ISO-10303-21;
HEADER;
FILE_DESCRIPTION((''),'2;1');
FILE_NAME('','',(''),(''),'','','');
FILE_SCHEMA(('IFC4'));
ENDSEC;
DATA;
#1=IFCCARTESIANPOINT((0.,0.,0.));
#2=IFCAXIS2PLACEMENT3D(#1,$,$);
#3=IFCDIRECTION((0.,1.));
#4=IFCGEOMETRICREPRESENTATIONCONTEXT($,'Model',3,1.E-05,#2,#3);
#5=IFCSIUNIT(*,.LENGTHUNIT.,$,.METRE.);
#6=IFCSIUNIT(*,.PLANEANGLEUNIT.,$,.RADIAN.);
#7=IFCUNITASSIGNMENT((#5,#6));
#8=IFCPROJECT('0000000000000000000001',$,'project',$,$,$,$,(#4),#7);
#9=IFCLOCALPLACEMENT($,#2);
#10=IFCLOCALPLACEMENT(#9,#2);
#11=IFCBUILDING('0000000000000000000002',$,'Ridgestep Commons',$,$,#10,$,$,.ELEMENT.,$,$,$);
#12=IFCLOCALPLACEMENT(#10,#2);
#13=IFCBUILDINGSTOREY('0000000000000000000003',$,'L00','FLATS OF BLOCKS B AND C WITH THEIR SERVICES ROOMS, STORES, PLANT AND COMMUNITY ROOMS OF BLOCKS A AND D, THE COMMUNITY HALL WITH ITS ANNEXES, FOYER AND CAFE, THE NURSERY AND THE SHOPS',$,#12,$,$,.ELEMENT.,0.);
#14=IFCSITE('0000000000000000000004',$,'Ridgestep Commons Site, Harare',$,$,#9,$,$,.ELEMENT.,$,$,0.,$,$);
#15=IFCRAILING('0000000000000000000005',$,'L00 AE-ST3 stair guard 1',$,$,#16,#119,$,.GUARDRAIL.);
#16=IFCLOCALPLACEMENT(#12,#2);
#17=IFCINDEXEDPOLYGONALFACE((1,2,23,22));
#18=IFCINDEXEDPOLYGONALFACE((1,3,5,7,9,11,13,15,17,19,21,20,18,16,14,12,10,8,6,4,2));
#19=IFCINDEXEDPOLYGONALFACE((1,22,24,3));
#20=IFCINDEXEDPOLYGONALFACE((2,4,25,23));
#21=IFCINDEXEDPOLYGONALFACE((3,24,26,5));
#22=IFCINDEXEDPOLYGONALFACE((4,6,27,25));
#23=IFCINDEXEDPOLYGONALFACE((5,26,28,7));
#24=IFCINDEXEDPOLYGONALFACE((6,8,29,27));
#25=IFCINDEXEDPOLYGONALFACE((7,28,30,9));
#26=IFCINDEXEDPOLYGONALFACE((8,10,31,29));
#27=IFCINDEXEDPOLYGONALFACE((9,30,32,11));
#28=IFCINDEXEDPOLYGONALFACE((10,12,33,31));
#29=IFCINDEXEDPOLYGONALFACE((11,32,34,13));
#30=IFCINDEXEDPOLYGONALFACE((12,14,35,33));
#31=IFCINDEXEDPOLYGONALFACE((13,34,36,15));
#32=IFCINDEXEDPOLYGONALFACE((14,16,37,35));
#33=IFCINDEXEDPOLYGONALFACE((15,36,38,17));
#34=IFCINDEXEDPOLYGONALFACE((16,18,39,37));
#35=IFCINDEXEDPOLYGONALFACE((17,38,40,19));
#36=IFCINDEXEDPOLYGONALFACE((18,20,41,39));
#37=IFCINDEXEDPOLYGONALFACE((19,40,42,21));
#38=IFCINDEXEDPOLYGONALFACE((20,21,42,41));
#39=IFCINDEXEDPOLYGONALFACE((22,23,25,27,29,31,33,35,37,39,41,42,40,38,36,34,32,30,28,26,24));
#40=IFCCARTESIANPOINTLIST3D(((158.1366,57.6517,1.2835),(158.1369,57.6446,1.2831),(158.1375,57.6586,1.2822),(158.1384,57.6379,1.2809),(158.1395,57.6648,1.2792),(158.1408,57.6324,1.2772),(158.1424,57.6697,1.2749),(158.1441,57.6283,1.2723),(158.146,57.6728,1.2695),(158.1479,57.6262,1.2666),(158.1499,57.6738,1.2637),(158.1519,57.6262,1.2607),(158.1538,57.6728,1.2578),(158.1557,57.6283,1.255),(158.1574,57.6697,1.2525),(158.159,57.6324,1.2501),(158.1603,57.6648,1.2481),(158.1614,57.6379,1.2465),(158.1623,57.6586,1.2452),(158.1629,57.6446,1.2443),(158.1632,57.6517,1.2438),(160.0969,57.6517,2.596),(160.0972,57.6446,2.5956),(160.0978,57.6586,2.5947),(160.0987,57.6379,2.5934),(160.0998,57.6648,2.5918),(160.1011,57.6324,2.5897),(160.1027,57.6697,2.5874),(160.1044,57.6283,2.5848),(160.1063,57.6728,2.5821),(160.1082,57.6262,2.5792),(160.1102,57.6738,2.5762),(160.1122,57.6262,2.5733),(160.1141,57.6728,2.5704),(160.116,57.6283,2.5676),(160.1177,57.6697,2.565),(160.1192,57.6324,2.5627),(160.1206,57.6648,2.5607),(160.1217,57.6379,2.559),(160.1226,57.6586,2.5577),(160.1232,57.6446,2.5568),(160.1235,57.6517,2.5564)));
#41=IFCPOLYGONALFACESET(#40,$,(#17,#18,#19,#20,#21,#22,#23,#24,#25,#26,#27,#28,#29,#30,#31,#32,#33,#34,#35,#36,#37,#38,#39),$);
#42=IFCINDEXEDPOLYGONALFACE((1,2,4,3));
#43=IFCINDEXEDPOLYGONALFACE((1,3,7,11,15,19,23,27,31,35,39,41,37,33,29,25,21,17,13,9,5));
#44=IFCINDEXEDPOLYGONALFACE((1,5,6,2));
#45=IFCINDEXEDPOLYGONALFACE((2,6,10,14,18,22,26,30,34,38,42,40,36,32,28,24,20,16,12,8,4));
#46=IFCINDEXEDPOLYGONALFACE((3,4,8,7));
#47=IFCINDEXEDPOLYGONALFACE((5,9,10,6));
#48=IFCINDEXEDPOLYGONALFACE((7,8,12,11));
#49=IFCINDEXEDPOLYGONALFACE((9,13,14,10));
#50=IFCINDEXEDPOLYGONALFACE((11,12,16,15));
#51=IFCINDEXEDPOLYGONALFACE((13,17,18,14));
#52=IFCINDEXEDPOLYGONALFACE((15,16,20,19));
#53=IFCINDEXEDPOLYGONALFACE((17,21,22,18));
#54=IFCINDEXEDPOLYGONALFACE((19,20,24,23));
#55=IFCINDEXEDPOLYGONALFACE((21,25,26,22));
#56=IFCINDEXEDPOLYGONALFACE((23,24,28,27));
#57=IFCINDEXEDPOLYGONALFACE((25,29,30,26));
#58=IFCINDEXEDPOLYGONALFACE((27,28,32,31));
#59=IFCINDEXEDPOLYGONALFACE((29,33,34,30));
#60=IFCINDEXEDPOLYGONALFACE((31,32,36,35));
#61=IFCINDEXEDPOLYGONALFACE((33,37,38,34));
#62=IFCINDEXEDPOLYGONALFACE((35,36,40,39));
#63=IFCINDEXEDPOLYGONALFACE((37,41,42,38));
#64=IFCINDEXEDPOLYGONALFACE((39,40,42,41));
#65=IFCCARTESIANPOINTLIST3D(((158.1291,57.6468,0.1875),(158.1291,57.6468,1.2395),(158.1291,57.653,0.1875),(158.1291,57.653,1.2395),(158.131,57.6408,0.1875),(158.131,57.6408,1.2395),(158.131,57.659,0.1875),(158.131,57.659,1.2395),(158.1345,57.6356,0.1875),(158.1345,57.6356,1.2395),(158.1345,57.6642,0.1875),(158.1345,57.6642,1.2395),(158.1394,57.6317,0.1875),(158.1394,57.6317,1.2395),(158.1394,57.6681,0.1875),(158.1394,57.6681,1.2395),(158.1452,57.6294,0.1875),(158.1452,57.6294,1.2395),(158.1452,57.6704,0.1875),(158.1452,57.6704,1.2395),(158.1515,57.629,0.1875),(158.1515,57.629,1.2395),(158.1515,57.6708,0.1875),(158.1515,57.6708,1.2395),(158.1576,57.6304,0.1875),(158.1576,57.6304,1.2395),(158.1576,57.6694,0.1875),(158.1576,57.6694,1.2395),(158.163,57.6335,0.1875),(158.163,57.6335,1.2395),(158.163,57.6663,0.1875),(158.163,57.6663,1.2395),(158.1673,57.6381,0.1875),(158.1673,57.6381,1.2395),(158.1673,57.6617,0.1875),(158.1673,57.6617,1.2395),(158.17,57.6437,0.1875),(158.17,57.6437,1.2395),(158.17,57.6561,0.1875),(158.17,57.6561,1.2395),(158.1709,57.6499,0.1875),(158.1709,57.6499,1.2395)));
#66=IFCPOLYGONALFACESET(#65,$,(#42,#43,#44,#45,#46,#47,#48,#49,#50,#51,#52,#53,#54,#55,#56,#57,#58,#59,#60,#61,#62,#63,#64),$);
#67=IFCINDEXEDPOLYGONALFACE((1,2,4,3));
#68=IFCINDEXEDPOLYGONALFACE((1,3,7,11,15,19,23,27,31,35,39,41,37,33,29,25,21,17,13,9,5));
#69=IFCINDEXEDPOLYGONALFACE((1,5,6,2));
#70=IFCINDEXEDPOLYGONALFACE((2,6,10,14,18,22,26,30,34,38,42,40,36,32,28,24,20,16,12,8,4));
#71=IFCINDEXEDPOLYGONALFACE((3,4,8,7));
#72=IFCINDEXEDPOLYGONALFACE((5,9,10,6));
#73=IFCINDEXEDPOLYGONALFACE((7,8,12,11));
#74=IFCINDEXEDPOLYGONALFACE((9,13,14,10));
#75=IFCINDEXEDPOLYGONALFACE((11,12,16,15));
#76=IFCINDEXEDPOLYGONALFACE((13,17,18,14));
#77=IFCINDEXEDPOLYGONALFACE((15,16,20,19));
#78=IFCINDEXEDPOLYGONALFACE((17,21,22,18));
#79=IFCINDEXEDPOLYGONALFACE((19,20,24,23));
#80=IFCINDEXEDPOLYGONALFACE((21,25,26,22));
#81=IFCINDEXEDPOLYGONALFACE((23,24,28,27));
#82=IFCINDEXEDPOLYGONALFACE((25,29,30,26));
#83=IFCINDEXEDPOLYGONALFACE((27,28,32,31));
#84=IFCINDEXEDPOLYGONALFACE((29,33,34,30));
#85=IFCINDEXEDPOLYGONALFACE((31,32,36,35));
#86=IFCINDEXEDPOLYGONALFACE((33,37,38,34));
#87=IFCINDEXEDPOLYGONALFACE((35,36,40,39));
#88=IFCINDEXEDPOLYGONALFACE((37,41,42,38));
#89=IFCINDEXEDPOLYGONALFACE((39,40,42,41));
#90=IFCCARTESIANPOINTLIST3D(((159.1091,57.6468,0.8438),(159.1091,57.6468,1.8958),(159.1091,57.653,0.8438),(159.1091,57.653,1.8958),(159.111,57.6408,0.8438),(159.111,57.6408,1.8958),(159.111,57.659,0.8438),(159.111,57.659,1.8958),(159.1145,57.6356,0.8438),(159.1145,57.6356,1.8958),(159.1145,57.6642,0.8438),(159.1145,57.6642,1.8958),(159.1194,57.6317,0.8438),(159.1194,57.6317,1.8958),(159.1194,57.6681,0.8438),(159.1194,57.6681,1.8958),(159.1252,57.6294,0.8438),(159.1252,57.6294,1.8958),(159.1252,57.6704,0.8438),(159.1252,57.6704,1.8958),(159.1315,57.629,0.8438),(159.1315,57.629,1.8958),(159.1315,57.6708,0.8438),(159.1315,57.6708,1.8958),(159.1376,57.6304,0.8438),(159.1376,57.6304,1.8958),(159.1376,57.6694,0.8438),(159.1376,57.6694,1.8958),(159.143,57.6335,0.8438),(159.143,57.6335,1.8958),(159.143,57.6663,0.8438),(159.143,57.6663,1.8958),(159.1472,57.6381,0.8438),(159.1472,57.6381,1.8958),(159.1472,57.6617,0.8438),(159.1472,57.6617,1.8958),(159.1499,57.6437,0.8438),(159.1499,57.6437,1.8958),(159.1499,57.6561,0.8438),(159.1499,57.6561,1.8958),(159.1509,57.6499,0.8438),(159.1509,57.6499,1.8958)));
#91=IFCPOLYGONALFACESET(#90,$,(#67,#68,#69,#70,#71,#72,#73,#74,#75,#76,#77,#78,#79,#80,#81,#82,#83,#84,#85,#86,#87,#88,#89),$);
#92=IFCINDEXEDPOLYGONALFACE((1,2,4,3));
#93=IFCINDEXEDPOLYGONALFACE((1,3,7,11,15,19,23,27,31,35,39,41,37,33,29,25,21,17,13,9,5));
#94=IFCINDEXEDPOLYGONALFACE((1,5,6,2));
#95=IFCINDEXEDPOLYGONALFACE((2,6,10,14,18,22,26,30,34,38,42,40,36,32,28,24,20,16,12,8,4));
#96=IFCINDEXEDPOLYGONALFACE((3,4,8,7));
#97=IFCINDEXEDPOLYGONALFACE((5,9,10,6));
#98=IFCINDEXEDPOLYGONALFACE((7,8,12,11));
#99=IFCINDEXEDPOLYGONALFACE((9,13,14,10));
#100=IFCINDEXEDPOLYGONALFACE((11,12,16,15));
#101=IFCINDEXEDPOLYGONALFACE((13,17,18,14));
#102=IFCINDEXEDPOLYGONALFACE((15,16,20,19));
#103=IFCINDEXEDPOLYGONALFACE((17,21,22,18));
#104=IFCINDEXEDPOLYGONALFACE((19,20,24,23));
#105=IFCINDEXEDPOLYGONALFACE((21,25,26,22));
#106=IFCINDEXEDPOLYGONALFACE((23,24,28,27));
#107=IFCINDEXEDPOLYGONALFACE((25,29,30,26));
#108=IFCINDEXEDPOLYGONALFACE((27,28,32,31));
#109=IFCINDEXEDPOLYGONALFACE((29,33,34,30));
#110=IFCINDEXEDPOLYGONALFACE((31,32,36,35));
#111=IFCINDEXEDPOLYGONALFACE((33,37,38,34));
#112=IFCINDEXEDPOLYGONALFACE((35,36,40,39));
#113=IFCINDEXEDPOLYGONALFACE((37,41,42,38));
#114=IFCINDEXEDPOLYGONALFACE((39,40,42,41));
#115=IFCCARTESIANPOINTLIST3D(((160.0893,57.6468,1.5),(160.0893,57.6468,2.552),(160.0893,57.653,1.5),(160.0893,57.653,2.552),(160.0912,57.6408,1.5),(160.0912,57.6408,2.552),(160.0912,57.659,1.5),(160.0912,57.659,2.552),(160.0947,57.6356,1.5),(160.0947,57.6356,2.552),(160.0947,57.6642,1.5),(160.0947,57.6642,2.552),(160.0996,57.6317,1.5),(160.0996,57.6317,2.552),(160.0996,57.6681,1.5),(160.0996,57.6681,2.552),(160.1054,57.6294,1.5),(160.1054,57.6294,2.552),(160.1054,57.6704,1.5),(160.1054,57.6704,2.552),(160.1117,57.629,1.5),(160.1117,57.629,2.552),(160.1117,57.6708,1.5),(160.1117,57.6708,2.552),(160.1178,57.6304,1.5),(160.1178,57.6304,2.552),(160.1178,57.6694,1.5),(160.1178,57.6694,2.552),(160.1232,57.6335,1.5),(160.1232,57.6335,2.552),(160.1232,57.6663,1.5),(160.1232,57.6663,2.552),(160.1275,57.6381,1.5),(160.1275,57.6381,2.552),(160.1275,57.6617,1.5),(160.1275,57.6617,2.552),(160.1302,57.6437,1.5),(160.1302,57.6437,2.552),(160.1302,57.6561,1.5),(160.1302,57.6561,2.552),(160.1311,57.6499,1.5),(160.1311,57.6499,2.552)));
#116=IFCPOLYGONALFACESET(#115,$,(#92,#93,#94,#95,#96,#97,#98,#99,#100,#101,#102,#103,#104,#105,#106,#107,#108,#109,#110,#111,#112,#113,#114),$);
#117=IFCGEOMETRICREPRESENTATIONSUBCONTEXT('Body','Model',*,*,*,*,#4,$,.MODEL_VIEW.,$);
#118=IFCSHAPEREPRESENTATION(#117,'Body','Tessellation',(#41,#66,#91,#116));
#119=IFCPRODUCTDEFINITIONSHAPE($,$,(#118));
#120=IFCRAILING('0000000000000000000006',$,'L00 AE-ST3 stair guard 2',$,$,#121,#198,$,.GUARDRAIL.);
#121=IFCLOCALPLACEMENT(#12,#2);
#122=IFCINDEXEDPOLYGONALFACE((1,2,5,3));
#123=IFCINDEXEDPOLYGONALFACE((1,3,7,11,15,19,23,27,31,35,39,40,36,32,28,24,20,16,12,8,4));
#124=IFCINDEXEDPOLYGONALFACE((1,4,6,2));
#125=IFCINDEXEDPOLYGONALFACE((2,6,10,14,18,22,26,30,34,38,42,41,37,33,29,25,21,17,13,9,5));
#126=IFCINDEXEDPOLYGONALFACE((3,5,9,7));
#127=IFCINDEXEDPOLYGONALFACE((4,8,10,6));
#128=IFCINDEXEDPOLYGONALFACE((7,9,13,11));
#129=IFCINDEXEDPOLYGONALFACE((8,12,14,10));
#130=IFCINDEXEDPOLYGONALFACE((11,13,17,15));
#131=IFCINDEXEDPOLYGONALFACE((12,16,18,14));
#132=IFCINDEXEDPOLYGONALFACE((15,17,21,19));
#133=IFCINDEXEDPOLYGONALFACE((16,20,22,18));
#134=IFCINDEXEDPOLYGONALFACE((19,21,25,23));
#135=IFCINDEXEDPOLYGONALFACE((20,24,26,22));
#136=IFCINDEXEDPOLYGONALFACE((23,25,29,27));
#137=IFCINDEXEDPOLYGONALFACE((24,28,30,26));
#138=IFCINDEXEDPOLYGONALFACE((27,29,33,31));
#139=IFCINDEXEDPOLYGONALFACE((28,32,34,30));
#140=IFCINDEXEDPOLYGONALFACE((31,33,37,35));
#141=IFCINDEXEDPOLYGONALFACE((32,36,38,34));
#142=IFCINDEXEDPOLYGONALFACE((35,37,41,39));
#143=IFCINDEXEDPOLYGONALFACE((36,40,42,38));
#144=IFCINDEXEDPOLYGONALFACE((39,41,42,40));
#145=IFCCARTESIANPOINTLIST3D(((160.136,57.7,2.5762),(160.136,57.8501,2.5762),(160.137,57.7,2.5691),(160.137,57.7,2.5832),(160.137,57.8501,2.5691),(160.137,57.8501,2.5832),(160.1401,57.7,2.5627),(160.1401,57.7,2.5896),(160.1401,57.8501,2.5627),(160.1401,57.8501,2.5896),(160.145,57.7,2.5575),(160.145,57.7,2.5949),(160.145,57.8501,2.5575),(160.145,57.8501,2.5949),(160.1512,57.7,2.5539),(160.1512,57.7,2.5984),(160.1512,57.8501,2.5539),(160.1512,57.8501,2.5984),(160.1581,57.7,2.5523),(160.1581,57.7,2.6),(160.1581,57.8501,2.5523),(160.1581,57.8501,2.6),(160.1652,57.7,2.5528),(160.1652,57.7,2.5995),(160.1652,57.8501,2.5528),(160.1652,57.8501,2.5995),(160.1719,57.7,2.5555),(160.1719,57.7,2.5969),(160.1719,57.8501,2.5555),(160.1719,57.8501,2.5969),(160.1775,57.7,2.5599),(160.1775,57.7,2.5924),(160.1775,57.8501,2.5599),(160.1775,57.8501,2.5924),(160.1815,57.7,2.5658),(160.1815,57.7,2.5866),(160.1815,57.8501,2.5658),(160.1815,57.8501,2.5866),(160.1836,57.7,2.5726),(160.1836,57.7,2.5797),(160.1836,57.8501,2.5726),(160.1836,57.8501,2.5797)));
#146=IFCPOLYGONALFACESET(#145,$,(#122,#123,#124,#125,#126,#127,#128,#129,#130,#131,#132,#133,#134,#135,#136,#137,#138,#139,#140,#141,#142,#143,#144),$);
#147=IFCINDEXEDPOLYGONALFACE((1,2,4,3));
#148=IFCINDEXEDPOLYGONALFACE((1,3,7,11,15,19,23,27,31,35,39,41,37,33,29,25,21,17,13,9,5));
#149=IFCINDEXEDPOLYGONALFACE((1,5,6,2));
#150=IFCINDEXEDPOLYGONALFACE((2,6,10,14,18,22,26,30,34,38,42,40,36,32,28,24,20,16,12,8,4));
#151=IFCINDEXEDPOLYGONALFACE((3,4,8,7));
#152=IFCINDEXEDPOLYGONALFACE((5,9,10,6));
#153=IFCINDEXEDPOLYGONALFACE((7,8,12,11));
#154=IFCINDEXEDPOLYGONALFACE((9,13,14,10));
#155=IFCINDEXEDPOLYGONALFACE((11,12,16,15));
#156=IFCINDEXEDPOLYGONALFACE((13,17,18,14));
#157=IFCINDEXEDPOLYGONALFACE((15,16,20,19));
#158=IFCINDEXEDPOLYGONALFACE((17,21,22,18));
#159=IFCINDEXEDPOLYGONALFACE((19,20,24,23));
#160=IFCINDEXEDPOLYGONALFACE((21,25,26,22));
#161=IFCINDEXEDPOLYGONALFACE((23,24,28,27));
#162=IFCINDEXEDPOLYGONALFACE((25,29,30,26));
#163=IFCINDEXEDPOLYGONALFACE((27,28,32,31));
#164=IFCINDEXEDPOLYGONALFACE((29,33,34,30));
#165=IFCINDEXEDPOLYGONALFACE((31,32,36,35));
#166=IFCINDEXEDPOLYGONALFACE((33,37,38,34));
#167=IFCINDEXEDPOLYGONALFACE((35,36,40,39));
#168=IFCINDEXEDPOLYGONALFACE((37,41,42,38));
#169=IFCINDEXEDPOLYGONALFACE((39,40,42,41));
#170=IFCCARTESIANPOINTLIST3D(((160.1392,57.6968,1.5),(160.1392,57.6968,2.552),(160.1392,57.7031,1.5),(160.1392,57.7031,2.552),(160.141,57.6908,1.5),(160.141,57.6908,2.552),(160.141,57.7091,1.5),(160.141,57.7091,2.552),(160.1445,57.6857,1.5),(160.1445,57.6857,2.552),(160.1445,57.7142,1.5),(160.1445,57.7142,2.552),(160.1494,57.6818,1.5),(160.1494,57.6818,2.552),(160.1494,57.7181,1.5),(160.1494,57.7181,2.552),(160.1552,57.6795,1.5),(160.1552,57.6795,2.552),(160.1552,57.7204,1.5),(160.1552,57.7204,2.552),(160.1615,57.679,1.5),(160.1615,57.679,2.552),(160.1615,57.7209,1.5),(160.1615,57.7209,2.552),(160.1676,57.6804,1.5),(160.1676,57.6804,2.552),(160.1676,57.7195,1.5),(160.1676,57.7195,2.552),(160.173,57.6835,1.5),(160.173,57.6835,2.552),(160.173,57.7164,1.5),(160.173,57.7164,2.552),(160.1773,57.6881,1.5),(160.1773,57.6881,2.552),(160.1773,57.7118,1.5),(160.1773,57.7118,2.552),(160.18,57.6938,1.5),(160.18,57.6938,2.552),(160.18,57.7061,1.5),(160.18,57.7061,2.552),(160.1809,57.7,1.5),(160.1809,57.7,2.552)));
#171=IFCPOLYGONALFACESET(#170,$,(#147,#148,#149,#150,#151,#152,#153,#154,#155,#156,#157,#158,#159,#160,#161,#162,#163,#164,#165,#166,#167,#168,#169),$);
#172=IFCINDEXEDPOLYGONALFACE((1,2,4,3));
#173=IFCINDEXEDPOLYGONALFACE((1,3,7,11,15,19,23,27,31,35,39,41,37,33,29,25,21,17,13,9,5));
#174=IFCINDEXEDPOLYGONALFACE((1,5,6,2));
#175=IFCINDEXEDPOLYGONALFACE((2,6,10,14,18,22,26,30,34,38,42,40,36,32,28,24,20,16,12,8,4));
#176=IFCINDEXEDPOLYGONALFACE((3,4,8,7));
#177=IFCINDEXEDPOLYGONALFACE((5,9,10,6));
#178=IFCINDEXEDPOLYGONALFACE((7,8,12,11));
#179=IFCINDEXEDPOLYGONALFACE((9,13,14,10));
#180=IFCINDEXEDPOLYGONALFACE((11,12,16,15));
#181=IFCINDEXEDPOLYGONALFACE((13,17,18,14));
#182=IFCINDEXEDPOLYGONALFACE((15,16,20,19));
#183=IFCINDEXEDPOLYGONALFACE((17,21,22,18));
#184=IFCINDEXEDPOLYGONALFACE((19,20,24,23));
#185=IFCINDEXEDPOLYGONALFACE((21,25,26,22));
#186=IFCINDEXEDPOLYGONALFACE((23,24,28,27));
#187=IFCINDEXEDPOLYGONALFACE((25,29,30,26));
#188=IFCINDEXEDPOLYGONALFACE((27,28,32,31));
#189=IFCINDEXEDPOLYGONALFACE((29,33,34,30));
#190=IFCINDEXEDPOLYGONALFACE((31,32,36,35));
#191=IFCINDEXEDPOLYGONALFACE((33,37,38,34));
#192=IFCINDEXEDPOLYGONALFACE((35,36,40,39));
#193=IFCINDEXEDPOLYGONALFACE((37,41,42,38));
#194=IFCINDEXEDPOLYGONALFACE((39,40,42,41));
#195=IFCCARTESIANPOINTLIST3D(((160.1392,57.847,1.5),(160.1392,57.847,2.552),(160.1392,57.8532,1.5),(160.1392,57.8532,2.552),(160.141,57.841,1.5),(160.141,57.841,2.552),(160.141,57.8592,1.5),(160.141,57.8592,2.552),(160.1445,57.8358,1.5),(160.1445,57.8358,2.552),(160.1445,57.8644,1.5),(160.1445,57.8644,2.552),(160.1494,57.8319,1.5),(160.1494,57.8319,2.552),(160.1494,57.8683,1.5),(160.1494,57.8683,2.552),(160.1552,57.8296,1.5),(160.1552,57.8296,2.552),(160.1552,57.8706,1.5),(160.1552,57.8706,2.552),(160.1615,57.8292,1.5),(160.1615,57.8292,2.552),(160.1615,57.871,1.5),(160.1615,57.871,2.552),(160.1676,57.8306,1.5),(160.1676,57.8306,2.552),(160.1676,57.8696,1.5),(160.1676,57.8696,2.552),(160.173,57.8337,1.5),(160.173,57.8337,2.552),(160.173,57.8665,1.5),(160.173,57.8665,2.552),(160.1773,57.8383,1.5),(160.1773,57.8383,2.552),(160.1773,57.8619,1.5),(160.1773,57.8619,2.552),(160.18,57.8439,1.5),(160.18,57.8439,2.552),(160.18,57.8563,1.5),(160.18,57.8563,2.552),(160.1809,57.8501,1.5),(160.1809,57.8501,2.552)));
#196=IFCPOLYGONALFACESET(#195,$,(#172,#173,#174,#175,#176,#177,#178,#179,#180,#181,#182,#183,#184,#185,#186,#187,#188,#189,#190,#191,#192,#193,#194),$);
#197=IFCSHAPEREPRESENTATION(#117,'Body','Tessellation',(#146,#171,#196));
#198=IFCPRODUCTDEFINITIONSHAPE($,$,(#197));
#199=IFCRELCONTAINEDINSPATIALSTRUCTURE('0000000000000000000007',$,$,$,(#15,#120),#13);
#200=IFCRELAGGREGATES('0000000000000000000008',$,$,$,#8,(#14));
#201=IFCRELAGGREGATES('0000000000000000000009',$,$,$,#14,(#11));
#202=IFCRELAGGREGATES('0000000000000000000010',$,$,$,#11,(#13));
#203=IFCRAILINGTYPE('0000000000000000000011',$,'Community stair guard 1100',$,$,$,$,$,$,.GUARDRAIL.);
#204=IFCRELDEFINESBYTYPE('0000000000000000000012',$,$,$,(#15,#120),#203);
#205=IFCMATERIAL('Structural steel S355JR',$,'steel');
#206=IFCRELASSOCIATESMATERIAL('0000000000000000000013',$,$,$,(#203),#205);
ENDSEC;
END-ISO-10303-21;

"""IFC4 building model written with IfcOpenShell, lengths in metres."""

from ifc_helpers import new_model, si_unit, direction, frame, origin, origin_2d, place, context, subcontext, project, spatial, circle, extrude, material, type_object, element, save


model = new_model("IFC4")

# Units and contexts
model_context = context("Model", 3, precision=1e-05, world=origin(), true_north=direction((0.0, 1.0)))
body_context = subcontext(model_context, "Body", "Model", "MODEL_VIEW")
ifc_project = project(units=[si_unit("LENGTHUNIT", "METRE"), si_unit("PLANEANGLEUNIT", "RADIAN")], contexts=[model_context])

# Site, building, storey
site_placement = place(None, origin())
site = spatial("IfcSite", under=ifc_project, at=site_placement, Name="Ridgestep Commons Site, Harare", CompositionType="ELEMENT", RefElevation=0.0)
building_placement = place(site_placement, origin())
building = spatial("IfcBuilding", under=site, at=building_placement, Name="Ridgestep Commons", CompositionType="ELEMENT")
storey_placement = place(building_placement, origin())
storey = spatial("IfcBuildingStorey", under=building, at=storey_placement, Name="L00", Description="FLATS OF BLOCKS B AND C WITH THEIR SERVICES ROOMS, STORES, PLANT AND COMMUNITY ROOMS OF BLOCKS A AND D, THE COMMUNITY HALL WITH ITS ANNEXES, FOYER AND CAFE, THE NURSERY AND THE SHOPS", CompositionType="ELEMENT", Elevation=0.0)

# Railings
ifc_material_1 = material(Name="Structural steel S355JR", Category="steel")
railing_type_1 = type_object("IfcRailingType", Name="Community stair guard 1100", PredefinedType="GUARDRAIL", material=ifc_material_1)
railing_1_placement = place(storey_placement, frame((158.1499, 57.6499, 0.1875)))
element("IfcRailing", 1, at=railing_1_placement, inside=storey, type_object=railing_type_1, Name="L00 AE-ST3 stair guard 1", PredefinedType="GUARDRAIL", context=body_context, shape_type="SweptSolid", body=[
    extrude(circle(Radius=0.0239, at=origin_2d()), frame((0.0, 0.0, 1.0762), z_axis=(0.830934, 0.0, 0.556371), x_axis=(0.0, 1.0, 0.0)), (0.0, 0.0, 1.0), 2.3591),
    extrude(circle(Radius=0.021, at=origin_2d()), origin(), (0.0, 0.0, 1.0), 1.052),
    extrude(circle(Radius=0.021, at=origin_2d()), frame((0.98, 0.0, 0.6562)), (0.0, 0.0, 1.0), 1.052),
    extrude(circle(Radius=0.021, at=origin_2d()), frame((1.9602, 0.0, 1.3125)), (0.0, 0.0, 1.0), 1.052),
])
railing_2_placement = place(storey_placement, frame((160.1599, 57.7, 1.5)))
element("IfcRailing", 2, at=railing_2_placement, inside=storey, type_object=railing_type_1, Name="L00 AE-ST3 stair guard 2", PredefinedType="GUARDRAIL", context=body_context, shape_type="SweptSolid", body=[
    extrude(circle(Radius=0.0239, at=origin_2d()), frame((0.0, 0.0, 1.0762), z_axis=(0.0, 1.0, 0.0), x_axis=(-1.0, 0.0, 0.0)), (0.0, 0.0, 1.0), 0.1501),
    extrude(circle(Radius=0.021, at=origin_2d()), origin(), (0.0, 0.0, 1.0), 1.052),
    extrude(circle(Radius=0.021, at=origin_2d()), frame((0.0, 0.1501, 0.0)), (0.0, 0.0, 1.0), 1.052),
])

save(model, "model.ifc")
